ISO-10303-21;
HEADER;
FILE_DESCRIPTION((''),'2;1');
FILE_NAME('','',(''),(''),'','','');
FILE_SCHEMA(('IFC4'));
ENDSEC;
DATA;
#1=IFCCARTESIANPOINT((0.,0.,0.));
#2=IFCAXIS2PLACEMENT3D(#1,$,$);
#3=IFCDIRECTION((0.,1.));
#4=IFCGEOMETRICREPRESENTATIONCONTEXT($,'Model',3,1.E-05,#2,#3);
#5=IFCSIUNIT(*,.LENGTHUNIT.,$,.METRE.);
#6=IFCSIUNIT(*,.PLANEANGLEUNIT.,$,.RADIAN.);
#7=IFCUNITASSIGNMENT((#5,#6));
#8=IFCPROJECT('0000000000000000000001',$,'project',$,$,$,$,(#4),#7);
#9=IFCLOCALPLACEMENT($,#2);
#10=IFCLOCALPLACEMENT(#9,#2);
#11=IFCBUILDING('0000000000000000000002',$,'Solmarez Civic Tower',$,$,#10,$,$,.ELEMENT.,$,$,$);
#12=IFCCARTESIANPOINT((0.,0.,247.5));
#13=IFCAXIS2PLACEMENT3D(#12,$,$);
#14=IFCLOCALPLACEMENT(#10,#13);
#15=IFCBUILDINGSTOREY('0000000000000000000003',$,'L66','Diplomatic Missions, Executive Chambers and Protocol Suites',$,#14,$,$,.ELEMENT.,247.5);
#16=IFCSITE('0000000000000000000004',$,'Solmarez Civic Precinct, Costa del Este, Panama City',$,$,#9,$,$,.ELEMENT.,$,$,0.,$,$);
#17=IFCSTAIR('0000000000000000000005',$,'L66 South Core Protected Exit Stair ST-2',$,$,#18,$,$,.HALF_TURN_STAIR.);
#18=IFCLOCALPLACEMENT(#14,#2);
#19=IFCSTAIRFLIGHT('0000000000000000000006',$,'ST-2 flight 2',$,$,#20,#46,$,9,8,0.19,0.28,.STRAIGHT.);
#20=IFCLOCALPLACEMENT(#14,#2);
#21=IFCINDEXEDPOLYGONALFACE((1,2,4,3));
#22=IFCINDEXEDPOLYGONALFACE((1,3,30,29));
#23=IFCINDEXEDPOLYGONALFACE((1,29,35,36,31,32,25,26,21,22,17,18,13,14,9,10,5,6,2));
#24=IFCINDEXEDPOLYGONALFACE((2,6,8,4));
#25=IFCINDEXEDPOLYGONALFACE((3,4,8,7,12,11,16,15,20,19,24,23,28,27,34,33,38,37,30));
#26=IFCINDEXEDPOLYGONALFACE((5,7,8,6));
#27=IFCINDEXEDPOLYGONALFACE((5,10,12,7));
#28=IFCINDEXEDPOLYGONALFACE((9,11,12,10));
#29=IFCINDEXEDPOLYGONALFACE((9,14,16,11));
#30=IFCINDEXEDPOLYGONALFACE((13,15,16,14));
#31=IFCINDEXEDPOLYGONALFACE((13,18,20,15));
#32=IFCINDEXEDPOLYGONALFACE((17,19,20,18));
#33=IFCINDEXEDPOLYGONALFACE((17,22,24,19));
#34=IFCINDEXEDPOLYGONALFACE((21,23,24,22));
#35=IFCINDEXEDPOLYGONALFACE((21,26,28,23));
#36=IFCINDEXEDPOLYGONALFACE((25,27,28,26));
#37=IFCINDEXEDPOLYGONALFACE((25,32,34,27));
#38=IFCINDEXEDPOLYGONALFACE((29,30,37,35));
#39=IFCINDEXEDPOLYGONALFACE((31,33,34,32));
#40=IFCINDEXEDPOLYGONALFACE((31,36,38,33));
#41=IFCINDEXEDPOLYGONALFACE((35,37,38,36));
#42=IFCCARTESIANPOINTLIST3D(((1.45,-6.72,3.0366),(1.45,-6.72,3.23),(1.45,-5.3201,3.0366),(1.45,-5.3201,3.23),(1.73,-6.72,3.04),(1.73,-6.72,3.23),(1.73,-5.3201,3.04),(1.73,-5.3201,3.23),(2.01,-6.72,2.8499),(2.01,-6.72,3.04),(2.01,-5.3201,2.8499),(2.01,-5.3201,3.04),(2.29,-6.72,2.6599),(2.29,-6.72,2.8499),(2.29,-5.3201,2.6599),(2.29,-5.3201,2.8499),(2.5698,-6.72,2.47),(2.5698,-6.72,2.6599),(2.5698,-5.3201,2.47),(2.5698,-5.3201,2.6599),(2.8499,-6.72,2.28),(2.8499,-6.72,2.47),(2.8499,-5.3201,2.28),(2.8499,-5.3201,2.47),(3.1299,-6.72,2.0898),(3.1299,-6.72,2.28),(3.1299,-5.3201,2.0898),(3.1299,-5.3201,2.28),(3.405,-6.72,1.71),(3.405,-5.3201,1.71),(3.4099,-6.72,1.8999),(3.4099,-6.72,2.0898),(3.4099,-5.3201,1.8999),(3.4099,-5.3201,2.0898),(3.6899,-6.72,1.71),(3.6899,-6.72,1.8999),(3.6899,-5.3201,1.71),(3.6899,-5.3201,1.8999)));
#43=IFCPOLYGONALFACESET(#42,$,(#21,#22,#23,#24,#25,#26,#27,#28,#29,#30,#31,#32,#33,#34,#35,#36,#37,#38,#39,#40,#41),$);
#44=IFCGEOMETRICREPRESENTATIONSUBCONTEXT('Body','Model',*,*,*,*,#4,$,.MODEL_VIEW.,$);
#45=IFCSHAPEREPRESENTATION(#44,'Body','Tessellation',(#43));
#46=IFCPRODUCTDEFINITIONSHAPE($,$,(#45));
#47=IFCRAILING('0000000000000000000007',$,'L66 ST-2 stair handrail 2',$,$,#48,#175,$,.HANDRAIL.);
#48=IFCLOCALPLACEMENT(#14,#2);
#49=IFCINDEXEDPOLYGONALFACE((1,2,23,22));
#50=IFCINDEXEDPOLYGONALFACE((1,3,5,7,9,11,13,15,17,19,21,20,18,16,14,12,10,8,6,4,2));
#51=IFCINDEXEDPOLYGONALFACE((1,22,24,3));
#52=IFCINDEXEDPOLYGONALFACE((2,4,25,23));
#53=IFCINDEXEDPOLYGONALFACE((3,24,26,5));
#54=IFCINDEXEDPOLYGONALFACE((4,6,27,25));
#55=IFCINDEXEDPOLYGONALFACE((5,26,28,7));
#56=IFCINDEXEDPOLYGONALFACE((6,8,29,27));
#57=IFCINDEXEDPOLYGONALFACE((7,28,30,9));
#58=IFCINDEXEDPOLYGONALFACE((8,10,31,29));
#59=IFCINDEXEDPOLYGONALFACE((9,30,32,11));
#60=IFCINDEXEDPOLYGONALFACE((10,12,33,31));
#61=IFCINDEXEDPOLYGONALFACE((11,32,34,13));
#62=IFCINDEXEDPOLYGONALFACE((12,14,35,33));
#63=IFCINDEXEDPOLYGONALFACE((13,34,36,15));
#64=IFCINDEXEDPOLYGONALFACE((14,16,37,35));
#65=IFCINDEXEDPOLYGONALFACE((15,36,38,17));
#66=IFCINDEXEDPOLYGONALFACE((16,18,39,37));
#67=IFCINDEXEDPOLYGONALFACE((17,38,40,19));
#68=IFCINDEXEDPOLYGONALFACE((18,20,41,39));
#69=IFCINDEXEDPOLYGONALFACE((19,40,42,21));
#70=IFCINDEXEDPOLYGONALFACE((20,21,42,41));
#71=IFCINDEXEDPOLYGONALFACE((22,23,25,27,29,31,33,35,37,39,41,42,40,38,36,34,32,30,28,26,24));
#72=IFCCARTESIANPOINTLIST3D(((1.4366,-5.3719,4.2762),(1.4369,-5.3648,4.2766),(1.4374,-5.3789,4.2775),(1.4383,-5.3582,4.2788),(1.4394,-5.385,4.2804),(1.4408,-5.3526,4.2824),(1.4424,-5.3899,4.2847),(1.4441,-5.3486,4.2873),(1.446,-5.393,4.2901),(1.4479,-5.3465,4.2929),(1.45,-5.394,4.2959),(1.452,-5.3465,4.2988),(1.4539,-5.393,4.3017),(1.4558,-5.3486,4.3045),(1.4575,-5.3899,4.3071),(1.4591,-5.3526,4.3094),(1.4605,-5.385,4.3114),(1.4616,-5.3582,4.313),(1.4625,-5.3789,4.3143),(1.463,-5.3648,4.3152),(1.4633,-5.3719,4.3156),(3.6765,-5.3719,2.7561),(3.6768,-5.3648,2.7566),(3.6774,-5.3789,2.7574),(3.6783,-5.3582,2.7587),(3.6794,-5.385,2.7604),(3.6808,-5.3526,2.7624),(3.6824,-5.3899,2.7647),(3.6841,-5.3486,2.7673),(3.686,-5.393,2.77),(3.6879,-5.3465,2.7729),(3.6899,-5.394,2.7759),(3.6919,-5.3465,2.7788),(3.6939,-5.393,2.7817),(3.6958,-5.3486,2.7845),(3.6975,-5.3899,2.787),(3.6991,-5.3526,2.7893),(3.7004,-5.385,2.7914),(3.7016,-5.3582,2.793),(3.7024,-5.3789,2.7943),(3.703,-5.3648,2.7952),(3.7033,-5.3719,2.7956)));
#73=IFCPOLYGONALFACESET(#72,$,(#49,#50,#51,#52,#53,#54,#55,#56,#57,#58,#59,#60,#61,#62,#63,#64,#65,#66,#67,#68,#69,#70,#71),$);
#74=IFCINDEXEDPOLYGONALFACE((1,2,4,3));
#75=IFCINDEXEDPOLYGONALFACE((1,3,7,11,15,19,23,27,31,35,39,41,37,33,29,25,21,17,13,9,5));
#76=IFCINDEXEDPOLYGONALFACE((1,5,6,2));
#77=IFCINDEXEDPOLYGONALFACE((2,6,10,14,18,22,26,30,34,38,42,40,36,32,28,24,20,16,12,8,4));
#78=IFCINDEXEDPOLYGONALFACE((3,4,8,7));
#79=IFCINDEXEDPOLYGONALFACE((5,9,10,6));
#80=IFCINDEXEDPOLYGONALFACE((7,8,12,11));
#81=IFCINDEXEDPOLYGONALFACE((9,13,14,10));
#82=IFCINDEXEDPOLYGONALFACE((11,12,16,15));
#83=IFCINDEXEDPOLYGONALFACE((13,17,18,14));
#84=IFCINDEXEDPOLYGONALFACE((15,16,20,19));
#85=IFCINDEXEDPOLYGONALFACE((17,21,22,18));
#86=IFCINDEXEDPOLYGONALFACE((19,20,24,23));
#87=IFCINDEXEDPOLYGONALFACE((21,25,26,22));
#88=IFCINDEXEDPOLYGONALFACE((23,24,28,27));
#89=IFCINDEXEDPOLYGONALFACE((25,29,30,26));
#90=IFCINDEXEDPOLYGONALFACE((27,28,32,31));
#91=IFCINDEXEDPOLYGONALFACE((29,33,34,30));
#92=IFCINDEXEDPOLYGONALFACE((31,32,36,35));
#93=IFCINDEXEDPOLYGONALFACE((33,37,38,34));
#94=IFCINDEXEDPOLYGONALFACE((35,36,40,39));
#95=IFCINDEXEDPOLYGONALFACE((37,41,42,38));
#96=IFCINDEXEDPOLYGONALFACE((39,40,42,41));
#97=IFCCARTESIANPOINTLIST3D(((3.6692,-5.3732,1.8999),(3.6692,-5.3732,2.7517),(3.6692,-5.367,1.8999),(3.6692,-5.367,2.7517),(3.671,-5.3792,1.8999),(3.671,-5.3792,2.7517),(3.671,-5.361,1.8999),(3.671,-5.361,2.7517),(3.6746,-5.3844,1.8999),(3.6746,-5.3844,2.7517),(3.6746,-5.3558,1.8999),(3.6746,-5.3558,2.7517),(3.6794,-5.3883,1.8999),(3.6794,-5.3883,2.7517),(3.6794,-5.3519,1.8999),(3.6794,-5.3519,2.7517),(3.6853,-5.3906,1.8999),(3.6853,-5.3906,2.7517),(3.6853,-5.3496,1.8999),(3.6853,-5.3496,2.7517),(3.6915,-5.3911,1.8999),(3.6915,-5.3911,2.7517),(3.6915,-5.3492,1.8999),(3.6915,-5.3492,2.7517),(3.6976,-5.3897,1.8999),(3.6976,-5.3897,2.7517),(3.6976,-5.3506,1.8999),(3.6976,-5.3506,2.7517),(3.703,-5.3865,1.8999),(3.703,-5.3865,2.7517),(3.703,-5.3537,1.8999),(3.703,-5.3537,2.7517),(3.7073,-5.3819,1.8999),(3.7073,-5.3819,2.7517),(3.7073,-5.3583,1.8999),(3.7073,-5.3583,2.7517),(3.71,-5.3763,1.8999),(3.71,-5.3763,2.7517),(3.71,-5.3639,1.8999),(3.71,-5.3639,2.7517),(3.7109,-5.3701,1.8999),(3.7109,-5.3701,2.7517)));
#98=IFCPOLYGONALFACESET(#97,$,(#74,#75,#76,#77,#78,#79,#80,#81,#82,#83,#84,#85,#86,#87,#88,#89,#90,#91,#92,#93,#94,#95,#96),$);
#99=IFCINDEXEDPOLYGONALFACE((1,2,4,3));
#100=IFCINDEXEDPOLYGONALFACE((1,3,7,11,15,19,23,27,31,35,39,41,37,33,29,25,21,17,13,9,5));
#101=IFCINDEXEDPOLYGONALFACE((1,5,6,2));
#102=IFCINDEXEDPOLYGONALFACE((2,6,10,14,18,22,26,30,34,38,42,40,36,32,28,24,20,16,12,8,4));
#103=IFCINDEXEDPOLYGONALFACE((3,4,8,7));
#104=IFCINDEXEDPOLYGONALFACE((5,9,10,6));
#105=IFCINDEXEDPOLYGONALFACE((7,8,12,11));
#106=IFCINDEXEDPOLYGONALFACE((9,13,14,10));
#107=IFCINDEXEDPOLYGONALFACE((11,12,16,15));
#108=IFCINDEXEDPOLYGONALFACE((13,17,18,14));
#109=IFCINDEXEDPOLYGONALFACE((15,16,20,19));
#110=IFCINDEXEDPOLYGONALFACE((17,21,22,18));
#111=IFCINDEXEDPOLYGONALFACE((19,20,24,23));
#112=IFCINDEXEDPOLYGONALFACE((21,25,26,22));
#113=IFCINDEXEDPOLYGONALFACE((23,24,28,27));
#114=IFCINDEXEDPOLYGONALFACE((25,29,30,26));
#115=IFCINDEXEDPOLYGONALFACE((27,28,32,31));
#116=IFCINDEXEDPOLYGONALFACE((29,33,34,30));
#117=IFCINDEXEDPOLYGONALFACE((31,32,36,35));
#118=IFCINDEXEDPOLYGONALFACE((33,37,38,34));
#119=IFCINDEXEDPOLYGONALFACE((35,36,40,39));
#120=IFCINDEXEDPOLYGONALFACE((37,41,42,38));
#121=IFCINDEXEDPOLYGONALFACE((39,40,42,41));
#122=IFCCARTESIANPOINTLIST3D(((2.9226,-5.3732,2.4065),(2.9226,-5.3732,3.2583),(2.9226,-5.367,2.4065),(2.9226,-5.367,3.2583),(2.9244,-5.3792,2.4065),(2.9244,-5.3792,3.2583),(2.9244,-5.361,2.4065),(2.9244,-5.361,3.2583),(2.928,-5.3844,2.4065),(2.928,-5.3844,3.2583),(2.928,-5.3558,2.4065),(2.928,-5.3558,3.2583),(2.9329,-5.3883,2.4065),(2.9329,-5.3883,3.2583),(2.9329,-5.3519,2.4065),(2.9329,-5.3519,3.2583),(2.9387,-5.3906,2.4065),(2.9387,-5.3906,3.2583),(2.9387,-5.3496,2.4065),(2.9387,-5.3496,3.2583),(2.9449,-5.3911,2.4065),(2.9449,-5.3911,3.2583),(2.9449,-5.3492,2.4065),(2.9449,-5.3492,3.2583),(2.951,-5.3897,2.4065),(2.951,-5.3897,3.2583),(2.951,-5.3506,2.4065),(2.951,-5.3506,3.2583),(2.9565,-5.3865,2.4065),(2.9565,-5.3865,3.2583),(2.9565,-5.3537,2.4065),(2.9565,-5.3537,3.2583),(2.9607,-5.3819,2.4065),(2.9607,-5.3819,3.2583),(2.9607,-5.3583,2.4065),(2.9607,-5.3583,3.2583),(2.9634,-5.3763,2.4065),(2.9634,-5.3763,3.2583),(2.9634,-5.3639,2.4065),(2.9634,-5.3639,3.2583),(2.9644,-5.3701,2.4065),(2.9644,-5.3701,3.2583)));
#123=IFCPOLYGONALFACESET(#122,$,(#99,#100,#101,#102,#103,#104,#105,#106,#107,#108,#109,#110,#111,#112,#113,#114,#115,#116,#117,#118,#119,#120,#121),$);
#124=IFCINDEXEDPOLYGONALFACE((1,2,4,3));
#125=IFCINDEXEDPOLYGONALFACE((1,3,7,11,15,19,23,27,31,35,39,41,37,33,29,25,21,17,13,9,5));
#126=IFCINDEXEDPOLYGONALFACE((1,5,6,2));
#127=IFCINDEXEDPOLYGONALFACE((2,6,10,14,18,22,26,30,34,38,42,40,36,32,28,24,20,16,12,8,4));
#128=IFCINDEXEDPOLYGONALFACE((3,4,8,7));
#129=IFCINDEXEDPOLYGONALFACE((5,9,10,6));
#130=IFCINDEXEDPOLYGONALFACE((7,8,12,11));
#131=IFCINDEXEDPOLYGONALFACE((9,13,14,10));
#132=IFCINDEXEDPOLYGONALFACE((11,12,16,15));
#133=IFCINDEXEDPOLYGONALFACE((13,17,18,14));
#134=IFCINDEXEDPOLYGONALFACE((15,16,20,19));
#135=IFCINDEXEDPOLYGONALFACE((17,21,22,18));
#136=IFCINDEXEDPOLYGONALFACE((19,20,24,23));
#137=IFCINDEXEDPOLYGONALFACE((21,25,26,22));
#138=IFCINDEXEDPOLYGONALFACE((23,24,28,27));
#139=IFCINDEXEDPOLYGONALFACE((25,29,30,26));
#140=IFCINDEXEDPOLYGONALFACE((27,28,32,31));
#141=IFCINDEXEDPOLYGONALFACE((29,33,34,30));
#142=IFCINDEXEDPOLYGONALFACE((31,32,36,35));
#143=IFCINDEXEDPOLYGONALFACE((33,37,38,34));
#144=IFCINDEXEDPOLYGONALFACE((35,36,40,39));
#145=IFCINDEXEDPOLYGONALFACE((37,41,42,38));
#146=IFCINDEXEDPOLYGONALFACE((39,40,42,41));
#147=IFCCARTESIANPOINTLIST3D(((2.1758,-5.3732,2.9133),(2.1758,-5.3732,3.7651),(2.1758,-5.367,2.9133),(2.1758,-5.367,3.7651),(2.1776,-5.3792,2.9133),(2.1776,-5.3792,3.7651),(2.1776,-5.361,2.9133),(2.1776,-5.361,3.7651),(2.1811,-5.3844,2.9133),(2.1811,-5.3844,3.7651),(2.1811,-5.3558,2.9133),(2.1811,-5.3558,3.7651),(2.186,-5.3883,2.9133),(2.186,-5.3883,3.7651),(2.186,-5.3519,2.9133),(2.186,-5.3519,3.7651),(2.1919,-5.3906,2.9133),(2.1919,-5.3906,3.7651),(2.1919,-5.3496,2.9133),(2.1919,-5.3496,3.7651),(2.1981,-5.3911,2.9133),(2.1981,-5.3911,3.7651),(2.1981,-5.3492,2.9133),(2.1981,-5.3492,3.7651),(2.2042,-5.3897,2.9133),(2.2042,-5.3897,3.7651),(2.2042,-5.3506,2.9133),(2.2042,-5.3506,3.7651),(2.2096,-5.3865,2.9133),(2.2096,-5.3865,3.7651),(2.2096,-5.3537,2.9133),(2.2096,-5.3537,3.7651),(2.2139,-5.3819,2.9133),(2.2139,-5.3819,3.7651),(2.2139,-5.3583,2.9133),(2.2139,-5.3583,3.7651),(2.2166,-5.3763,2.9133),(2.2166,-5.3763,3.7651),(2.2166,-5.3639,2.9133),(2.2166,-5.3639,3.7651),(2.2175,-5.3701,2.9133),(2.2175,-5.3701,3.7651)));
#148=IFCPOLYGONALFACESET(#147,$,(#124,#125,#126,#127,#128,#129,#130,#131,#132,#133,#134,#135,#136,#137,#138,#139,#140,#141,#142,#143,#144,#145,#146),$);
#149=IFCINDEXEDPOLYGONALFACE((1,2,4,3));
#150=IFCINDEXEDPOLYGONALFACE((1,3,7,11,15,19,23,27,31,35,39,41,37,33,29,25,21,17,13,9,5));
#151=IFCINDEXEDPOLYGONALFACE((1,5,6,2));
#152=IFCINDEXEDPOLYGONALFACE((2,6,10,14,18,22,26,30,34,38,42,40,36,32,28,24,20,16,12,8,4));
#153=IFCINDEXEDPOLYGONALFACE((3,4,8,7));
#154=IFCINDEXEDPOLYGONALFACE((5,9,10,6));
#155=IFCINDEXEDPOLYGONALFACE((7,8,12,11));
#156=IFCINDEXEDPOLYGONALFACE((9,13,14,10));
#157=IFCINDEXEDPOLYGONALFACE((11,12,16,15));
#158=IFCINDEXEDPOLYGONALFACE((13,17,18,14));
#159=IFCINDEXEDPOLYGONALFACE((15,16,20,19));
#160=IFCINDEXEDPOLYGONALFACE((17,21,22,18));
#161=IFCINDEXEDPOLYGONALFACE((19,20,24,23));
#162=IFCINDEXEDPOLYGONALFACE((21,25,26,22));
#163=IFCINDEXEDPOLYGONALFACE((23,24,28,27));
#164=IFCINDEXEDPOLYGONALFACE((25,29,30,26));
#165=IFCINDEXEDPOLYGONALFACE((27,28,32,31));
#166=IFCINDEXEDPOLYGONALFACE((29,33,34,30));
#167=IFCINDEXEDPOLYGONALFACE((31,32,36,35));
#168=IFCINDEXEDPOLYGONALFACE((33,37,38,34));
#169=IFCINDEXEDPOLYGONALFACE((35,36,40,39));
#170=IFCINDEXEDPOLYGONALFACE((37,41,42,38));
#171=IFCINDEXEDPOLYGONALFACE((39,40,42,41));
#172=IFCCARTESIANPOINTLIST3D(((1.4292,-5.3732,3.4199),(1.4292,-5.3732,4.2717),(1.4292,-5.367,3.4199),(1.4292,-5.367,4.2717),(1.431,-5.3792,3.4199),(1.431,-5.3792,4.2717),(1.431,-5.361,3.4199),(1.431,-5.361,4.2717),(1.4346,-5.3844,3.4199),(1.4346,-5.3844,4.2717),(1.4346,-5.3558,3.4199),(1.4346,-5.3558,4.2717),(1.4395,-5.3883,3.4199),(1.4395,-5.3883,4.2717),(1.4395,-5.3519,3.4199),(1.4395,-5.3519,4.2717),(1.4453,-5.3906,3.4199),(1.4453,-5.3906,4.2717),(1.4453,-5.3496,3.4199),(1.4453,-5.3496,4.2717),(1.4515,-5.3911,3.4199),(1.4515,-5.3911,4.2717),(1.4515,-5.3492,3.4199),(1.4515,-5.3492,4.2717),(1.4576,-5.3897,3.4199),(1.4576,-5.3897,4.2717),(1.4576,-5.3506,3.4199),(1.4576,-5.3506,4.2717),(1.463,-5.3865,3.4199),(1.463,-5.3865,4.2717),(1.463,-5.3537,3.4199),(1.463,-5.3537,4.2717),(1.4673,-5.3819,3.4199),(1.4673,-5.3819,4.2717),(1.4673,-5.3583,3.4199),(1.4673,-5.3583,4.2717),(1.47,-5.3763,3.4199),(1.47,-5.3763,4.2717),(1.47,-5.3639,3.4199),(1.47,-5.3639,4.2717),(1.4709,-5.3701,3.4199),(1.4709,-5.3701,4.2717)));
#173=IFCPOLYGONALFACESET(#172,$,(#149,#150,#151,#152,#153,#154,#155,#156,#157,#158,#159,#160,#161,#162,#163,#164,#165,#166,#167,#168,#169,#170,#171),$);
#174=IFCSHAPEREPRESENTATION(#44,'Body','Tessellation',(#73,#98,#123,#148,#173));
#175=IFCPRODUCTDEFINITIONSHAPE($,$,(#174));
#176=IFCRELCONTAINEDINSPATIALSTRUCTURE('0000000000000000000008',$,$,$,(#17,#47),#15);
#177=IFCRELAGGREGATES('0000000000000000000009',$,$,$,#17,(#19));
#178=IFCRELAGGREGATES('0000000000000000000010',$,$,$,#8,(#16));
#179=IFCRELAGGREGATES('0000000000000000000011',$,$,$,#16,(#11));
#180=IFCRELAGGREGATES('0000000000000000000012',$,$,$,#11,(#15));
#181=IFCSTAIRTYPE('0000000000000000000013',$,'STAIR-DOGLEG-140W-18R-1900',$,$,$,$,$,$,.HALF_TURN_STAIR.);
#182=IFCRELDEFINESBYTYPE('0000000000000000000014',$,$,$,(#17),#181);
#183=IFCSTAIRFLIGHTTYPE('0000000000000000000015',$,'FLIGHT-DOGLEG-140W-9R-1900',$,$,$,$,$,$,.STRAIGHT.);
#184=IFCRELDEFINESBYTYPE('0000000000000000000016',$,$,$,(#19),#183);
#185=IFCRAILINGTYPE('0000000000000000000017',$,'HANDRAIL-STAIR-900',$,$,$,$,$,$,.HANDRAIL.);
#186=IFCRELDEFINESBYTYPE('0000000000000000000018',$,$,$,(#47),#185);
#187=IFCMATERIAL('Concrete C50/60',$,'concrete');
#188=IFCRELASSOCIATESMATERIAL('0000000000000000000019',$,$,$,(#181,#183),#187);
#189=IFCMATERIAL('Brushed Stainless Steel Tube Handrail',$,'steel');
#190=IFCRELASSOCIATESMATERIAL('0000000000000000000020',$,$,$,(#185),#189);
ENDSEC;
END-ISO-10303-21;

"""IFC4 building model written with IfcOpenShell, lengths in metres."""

from ifc_helpers import new_model, si_unit, direction, frame, origin, origin_2d, place, context, subcontext, project, spatial, polyline, circle, outline, extrude, material, type_object, element, aggregate, save


model = new_model("IFC4")

# Units and contexts
model_context = context("Model", 3, precision=1e-05, world=origin(), true_north=direction((0.0, 1.0)))
body_context = subcontext(model_context, "Body", "Model", "MODEL_VIEW")
ifc_project = project(units=[si_unit("LENGTHUNIT", "METRE"), si_unit("PLANEANGLEUNIT", "RADIAN")], contexts=[model_context])

# Site, building, storey
site_placement = place(None, origin())
site = spatial("IfcSite", under=ifc_project, at=site_placement, Name="Solmarez Civic Precinct, Costa del Este, Panama City", CompositionType="ELEMENT", RefElevation=0.0)
building_placement = place(site_placement, origin())
building = spatial("IfcBuilding", under=site, at=building_placement, Name="Solmarez Civic Tower", CompositionType="ELEMENT")
storey_placement = place(building_placement, frame((0.0, 0.0, 247.5)))
storey = spatial("IfcBuildingStorey", under=building, at=storey_placement, Name="L66", Description="Diplomatic Missions, Executive Chambers and Protocol Suites", CompositionType="ELEMENT", Elevation=247.5)

# Shared definitions
ifc_material_1 = material(Name="Concrete C50/60", Category="concrete")

# Stair, stair flight
stair_type = type_object("IfcStairType", Name="STAIR-DOGLEG-140W-18R-1900", PredefinedType="HALF_TURN_STAIR", material=ifc_material_1)
stair_placement = place(storey_placement, origin())
stair = element("IfcStair", 1, at=stair_placement, inside=storey, type_object=stair_type, Name="L66 South Core Protected Exit Stair ST-2", PredefinedType="HALF_TURN_STAIR")
stair_flight_type = type_object("IfcStairFlightType", Name="FLIGHT-DOGLEG-140W-9R-1900", PredefinedType="STRAIGHT", material=ifc_material_1)
stair_flight_placement = place(storey_placement, frame((3.6899, -6.02, 1.71), z_axis=(0.0, 0.0, 1.0), x_axis=(-1.0, 0.0, 0.0)))
stair_flight = element("IfcStairFlight", 2, at=stair_flight_placement, type_object=stair_flight_type, Name="ST-2 flight 2", NumberOfRisers=9, NumberOfTreads=8, PredefinedType="STRAIGHT", RiserHeight=0.19, TreadLength=0.28, context=body_context, shape_type="SweptSolid", body=[
    extrude(outline(polyline([(0.0, 0.0), (0.0, 0.1899), (0.28, 0.1899), (0.28, 0.3799), (0.5601, 0.3799), (0.5601, 0.5701), (0.8401, 0.5701), (0.8401, 0.76), (1.1201, 0.76), (1.1201, 0.95), (1.3999, 0.95), (1.3999, 1.1399), (1.6799, 1.1399), (1.6799, 1.3301), (1.96, 1.3301), (1.96, 1.52), (2.24, 1.52), (2.24, 1.71), (2.24, 1.3267), (0.2849, 0.0), (0.0, 0.0)])), frame((0.0, 0.7, 0.0), z_axis=(0.0, -1.0, 0.0), x_axis=(1.0, 0.0, 0.0)), (0.0, 0.0, 1.0), 1.3999),
])
aggregate(stair, [stair_flight])

# Railing
ifc_material_2 = material(Name="Brushed Stainless Steel Tube Handrail", Category="steel")
railing_type = type_object("IfcRailingType", Name="HANDRAIL-STAIR-900", PredefinedType="HANDRAIL", material=ifc_material_2)
railing_placement = place(storey_placement, frame((3.6899, -5.3701, 1.8999)))
element("IfcRailing", 3, at=railing_placement, inside=storey, type_object=railing_type, Name="L66 ST-2 stair handrail 2", PredefinedType="HANDRAIL", context=body_context, shape_type="SweptSolid", body=[
    extrude(circle(Radius=0.0239, at=origin_2d()), frame((0.0, 0.0, 0.876), z_axis=(-0.827471, 0.0, 0.561508), x_axis=(0.0, -1.0, 0.0)), (0.0, 0.0, 1.0), 2.707),
    extrude(circle(Radius=0.021, at=origin_2d()), origin(), (0.0, 0.0, 1.0), 0.8518),
    extrude(circle(Radius=0.021, at=origin_2d()), frame((-0.7466, 0.0, 0.5066)), (0.0, 0.0, 1.0), 0.8518),
    extrude(circle(Radius=0.021, at=origin_2d()), frame((-1.4934, 0.0, 1.0134)), (0.0, 0.0, 1.0), 0.8518),
    extrude(circle(Radius=0.021, at=origin_2d()), frame((-2.24, 0.0, 1.52)), (0.0, 0.0, 1.0), 0.8518),
])

save(model, "model.ifc")
